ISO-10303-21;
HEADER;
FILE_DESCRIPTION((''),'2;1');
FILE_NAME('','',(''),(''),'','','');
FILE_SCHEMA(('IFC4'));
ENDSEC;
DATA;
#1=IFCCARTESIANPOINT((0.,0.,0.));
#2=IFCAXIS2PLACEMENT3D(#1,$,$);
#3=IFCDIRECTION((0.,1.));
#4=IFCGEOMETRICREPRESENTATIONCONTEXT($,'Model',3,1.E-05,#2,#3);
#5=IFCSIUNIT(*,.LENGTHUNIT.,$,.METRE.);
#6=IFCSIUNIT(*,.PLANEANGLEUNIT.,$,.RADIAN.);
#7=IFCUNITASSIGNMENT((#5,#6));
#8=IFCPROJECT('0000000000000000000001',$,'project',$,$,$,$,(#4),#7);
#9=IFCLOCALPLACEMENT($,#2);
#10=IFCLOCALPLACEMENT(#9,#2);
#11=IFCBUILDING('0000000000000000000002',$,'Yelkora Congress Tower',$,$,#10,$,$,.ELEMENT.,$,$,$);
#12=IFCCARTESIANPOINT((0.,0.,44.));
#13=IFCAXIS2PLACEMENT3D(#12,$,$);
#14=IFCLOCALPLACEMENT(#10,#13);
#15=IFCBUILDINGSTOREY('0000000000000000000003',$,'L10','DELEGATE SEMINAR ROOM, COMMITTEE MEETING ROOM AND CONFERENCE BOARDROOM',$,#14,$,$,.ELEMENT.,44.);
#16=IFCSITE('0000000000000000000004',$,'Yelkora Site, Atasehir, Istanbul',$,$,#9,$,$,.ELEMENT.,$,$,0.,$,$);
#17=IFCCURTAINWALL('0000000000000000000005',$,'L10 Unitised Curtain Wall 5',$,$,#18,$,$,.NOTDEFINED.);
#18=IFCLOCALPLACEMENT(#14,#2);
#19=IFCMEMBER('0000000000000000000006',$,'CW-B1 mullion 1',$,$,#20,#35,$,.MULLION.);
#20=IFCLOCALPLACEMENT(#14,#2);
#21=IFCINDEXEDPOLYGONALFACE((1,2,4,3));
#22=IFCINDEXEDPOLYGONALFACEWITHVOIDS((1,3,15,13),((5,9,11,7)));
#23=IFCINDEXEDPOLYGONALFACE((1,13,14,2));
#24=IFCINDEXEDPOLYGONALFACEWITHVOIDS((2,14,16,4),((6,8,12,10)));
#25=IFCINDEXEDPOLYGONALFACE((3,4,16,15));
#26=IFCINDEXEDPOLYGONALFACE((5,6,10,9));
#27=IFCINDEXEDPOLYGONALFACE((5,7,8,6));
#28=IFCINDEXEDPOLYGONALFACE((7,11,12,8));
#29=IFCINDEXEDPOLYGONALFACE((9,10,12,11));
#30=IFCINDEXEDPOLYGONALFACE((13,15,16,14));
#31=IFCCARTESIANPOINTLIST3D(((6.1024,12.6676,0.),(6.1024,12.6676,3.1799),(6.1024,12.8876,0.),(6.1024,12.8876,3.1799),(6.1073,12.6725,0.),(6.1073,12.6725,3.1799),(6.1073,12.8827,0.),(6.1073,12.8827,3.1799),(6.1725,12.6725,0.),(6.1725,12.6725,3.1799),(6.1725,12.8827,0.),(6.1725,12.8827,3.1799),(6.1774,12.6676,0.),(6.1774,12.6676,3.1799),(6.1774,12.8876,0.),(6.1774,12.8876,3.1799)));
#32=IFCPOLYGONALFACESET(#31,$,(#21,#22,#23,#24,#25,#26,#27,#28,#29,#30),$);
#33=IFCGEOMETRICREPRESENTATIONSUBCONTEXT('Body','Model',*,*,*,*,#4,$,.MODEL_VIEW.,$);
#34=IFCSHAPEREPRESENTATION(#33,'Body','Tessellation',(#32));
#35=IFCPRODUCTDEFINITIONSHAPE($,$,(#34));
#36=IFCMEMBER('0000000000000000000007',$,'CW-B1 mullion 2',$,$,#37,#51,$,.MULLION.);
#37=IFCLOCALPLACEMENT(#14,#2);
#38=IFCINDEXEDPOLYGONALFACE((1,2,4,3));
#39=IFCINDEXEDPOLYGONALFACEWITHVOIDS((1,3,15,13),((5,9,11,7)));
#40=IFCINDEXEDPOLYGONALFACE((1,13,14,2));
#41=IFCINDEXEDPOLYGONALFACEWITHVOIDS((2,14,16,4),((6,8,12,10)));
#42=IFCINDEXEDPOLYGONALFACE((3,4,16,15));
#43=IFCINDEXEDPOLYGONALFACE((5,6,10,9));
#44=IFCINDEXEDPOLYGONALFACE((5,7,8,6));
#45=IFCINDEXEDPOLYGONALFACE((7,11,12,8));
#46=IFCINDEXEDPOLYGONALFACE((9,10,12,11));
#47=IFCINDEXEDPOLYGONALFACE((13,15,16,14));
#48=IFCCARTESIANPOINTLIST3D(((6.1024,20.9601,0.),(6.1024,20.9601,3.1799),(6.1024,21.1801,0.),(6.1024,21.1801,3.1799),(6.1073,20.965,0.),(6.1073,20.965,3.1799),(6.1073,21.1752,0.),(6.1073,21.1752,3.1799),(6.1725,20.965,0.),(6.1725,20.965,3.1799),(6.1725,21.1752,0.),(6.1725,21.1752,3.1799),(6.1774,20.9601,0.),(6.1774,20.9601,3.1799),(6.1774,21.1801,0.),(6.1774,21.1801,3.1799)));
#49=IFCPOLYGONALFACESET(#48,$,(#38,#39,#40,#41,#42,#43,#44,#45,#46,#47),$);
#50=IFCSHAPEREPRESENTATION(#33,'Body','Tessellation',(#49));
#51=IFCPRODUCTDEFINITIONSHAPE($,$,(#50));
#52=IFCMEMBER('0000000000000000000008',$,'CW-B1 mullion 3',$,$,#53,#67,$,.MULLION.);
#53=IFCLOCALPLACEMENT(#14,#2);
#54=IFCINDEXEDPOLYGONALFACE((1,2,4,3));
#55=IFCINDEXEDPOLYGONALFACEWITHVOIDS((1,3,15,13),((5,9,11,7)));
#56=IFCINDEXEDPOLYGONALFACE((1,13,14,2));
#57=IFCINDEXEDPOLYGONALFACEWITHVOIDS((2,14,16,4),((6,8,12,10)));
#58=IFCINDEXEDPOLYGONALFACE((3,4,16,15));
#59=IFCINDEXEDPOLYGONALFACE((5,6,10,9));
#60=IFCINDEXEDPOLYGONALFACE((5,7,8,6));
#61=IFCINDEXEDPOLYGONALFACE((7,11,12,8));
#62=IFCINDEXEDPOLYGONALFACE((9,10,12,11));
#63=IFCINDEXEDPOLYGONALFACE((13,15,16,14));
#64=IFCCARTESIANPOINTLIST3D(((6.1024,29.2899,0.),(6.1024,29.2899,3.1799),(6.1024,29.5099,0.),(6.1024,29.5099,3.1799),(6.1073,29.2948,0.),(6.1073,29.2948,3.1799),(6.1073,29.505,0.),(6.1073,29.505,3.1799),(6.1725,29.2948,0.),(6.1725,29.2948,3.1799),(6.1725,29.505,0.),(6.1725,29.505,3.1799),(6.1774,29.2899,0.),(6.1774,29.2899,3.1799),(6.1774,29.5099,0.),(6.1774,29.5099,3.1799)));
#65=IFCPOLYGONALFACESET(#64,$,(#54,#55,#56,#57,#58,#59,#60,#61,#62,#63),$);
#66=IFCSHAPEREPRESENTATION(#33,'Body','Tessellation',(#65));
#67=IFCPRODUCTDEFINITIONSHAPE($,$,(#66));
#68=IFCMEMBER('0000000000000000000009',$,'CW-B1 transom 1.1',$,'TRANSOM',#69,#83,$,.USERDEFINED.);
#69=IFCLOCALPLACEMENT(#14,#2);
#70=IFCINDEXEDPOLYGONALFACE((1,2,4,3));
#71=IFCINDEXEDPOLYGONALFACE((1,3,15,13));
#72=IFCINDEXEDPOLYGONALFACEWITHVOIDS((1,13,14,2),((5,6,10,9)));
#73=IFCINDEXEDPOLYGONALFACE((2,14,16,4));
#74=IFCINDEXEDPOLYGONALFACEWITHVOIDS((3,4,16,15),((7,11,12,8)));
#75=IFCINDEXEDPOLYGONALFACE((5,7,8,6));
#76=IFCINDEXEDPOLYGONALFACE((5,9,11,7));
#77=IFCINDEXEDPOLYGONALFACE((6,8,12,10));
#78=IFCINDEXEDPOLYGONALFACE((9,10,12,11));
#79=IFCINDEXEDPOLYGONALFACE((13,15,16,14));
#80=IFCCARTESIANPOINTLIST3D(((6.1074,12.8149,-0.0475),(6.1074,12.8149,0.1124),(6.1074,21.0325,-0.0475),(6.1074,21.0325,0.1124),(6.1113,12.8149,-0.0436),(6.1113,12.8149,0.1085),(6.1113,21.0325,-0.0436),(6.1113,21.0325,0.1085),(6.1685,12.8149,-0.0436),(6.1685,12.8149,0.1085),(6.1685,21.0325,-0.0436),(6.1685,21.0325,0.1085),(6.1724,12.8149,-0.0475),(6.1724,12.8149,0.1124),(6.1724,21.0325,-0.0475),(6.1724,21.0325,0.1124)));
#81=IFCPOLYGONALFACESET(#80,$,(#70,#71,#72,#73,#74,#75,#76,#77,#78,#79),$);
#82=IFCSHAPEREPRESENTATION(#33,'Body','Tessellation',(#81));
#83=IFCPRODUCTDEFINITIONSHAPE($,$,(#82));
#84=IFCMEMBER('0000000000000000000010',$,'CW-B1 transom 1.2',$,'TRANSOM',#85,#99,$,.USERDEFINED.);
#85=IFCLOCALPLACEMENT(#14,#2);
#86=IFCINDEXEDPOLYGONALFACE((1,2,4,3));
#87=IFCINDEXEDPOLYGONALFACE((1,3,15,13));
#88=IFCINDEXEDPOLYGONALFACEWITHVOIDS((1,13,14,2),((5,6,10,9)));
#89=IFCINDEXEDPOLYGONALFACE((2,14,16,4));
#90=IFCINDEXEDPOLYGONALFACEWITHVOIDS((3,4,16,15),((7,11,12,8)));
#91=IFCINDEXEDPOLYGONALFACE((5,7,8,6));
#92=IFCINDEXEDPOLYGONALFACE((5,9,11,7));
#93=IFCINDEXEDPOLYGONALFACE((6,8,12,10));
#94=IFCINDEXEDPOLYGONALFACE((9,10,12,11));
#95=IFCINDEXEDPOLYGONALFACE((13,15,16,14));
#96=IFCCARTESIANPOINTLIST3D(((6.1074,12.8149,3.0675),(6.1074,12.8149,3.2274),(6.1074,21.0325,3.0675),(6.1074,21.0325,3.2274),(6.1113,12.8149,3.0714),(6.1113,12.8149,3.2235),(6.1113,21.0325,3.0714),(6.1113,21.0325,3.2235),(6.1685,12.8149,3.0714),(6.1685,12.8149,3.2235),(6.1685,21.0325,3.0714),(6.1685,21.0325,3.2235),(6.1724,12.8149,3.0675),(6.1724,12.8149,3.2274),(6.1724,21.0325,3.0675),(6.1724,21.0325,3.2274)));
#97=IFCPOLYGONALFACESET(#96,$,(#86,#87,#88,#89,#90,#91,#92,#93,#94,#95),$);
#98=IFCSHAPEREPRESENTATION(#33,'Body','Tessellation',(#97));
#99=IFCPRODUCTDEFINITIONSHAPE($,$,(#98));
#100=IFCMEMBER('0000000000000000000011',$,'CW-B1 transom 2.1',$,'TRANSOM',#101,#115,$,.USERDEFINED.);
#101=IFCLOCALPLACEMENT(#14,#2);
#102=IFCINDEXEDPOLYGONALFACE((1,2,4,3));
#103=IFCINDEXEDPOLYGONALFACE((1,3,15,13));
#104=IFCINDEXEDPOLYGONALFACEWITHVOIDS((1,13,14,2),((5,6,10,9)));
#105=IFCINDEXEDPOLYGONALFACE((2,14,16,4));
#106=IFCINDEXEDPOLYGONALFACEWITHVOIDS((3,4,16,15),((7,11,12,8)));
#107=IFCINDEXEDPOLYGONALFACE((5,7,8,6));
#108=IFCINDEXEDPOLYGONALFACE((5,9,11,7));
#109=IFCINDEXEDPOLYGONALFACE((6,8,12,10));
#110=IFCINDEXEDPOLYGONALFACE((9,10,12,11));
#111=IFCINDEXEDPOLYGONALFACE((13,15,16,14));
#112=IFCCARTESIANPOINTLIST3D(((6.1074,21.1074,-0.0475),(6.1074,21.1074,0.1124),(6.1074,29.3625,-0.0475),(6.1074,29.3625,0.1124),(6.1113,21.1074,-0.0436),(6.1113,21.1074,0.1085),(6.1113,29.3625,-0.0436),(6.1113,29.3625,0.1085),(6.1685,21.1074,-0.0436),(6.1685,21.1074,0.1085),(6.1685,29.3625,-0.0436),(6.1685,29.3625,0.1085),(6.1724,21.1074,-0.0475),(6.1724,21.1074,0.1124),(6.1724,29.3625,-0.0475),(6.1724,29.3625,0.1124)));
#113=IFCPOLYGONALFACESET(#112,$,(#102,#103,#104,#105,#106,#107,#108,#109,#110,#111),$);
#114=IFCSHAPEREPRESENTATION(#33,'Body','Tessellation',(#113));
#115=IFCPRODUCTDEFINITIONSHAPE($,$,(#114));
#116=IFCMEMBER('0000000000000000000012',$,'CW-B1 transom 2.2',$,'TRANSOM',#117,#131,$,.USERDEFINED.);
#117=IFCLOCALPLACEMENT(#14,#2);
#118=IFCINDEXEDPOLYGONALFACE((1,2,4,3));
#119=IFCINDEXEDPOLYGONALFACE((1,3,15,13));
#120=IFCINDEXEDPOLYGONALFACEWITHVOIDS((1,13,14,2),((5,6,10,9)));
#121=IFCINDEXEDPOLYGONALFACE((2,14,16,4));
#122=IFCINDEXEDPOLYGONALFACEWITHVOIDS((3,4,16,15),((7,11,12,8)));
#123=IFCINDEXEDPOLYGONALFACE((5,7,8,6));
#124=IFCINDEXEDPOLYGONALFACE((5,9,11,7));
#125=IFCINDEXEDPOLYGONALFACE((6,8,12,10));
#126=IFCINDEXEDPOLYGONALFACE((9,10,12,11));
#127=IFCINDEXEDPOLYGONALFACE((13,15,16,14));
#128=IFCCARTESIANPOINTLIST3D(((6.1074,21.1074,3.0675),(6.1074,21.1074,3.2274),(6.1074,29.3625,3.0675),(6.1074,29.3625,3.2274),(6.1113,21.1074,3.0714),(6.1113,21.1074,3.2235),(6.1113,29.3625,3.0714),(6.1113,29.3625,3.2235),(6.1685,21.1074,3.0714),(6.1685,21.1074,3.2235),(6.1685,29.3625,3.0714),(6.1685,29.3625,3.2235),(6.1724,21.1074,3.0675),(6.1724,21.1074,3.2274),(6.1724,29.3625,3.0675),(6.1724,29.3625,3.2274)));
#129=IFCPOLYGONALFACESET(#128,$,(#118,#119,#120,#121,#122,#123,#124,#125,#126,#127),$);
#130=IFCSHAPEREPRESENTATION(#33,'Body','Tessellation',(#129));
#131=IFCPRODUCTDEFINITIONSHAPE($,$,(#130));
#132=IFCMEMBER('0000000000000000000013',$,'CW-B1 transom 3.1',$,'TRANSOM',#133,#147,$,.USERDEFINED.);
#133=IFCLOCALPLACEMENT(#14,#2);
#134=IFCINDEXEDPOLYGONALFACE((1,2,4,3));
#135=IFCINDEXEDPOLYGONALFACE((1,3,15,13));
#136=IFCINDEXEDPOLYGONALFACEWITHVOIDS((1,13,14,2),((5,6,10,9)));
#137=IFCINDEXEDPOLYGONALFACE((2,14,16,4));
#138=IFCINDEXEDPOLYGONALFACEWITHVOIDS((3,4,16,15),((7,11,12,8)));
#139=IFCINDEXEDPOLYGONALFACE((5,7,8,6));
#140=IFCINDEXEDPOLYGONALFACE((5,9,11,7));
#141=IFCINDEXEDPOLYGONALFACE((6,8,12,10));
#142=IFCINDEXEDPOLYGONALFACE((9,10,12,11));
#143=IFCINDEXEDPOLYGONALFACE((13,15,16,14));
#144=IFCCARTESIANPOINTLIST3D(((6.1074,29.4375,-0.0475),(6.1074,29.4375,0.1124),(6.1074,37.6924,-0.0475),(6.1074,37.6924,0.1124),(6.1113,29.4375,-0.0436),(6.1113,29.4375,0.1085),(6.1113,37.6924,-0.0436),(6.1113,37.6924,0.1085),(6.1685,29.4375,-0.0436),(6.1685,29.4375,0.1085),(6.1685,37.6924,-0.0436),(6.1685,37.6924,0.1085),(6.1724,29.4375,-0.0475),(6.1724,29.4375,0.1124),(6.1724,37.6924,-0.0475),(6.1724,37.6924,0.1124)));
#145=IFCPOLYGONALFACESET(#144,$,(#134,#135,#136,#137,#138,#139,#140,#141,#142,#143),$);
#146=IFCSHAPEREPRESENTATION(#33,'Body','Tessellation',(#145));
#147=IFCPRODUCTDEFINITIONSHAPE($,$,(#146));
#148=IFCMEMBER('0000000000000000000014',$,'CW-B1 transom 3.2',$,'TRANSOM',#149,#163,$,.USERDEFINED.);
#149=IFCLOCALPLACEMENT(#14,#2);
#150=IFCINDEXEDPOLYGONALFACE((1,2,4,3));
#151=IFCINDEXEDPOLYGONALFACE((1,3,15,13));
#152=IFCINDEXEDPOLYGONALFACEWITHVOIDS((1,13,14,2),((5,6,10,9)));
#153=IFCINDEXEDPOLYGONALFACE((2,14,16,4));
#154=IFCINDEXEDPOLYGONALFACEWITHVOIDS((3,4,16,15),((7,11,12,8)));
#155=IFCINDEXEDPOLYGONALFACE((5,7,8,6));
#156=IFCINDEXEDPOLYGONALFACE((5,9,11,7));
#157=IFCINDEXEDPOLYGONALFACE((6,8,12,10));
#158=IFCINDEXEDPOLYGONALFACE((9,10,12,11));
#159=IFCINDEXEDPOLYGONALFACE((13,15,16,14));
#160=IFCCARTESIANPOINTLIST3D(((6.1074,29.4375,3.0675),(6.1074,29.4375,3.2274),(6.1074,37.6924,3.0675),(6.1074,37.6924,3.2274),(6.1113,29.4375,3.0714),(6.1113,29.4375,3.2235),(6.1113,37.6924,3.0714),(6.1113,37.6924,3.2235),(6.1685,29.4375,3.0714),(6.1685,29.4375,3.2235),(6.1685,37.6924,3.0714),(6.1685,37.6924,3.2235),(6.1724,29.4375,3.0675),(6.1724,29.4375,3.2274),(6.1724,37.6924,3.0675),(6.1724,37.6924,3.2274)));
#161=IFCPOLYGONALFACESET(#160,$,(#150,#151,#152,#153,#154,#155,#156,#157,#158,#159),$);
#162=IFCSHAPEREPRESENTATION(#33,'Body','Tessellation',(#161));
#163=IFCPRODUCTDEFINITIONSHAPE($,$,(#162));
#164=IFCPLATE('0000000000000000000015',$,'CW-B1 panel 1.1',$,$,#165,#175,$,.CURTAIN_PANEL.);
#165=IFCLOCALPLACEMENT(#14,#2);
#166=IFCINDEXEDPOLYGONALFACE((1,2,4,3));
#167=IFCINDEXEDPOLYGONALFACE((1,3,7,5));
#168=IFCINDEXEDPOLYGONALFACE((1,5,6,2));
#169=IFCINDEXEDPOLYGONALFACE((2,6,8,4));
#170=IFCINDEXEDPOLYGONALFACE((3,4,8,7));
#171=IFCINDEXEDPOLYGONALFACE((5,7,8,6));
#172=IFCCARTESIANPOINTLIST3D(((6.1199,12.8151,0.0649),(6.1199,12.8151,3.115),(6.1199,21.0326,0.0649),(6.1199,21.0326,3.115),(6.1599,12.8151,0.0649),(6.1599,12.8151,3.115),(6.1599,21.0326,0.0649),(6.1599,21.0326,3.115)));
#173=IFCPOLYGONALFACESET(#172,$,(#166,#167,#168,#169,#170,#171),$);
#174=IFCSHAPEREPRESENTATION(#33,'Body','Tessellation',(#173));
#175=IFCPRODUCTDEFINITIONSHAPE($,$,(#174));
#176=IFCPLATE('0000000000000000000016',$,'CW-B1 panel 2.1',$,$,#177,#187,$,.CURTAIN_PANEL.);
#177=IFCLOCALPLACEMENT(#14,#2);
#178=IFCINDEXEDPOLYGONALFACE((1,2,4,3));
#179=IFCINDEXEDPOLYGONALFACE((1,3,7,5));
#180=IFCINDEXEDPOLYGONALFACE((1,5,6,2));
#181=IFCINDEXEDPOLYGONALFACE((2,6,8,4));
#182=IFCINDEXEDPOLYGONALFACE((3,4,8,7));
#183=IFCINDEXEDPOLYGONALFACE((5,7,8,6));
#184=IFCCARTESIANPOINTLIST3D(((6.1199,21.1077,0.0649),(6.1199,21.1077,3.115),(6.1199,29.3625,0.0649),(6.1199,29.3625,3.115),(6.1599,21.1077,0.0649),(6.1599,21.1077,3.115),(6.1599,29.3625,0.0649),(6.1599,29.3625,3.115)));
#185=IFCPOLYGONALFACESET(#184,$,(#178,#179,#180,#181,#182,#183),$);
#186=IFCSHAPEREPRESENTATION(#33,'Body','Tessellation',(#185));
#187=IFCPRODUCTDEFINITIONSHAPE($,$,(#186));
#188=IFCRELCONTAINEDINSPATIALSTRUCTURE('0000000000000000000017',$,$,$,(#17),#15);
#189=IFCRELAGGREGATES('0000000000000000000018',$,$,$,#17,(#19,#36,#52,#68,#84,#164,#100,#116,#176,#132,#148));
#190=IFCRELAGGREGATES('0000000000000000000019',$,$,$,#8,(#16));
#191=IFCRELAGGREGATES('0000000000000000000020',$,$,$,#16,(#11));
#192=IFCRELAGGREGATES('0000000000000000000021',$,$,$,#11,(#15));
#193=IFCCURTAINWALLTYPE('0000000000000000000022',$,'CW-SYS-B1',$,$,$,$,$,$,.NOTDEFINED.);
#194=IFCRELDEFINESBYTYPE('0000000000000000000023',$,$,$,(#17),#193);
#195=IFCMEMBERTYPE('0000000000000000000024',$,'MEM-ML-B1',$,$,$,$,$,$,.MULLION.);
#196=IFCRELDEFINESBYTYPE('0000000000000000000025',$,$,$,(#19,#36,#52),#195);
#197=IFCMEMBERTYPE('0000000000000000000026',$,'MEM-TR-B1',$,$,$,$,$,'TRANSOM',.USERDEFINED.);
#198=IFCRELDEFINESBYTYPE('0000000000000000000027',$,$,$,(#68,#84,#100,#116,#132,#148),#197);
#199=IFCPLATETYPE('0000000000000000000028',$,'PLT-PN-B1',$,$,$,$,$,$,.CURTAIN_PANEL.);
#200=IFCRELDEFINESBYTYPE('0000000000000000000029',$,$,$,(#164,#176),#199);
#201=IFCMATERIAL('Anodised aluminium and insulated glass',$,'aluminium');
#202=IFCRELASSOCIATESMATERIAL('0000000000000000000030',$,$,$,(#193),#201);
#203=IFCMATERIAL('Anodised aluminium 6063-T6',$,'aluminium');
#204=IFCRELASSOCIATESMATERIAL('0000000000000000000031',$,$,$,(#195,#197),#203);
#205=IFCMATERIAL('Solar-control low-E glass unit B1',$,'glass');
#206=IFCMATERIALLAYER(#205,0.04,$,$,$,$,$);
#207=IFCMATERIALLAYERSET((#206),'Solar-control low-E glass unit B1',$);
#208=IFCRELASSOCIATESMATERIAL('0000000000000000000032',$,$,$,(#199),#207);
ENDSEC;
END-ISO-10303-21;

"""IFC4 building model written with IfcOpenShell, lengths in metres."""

from ifc_helpers import new_model, si_unit, direction, frame, origin, origin_2d, place, context, subcontext, project, spatial, rectangle, hollow_rectangle, extrude, material, layer, layer_set, material_profile, profile_set, type_object, element, aggregate, save


model = new_model("IFC4")

# Units and contexts
model_context = context("Model", 3, precision=1e-05, world=origin(), true_north=direction((0.0, 1.0)))
body_context = subcontext(model_context, "Body", "Model", "MODEL_VIEW")
ifc_project = project(units=[si_unit("LENGTHUNIT", "METRE"), si_unit("PLANEANGLEUNIT", "RADIAN")], contexts=[model_context])

# Site, building, storey
site_placement = place(None, origin())
site = spatial("IfcSite", under=ifc_project, at=site_placement, Name="Yelkora Site, Atasehir, Istanbul", CompositionType="ELEMENT", RefElevation=0.0)
building_placement = place(site_placement, origin())
building = spatial("IfcBuilding", under=site, at=building_placement, Name="Yelkora Congress Tower", CompositionType="ELEMENT")
storey_placement = place(building_placement, frame((0.0, 0.0, 44.0)))
storey = spatial("IfcBuildingStorey", under=building, at=storey_placement, Name="L10", Description="DELEGATE SEMINAR ROOM, COMMITTEE MEETING ROOM AND CONFERENCE BOARDROOM", CompositionType="ELEMENT", Elevation=44.0)

# Curtain wall, members, plates
ifc_material_1 = material(Name="Anodised aluminium and insulated glass", Category="aluminium")
curtain_wall_type = type_object("IfcCurtainWallType", Name="CW-SYS-B1", PredefinedType="NOTDEFINED", material=ifc_material_1)
curtain_wall_placement = place(storey_placement, origin())
curtain_wall = element("IfcCurtainWall", 1, at=curtain_wall_placement, inside=storey, type_object=curtain_wall_type, Name="L10 Unitised Curtain Wall 5", PredefinedType="NOTDEFINED")
ifc_material_2 = material(Name="Anodised aluminium 6063-T6", Category="aluminium")
ifc_material_profile_1 = material_profile(ifc_material_2, hollow_rectangle(XDim=0.075, YDim=0.22, WallThickness=0.0049, at=origin_2d()), Name="ALU 75x220x5")
ifc_profile_set_1 = profile_set([ifc_material_profile_1], Name="Anodised aluminium 6063-T6")
member_type_1 = type_object("IfcMemberType", Name="MEM-ML-B1", PredefinedType="MULLION", material=ifc_profile_set_1)
member_1_placement = place(storey_placement, frame((6.1399, 12.7776, 0.0), z_axis=(0.0, 0.0, 1.0), x_axis=(-1.0, 0.0, 0.0)))
member_1 = element("IfcMember", 2, at=member_1_placement, type_object=member_type_1, Name="CW-B1 mullion 1", PredefinedType="MULLION", context=body_context, shape_type="SweptSolid", body=[
    extrude(hollow_rectangle(XDim=0.075, YDim=0.22, WallThickness=0.0049, at=origin_2d()), origin(), (0.0, 0.0, 1.0), 3.1799),
])
member_2_placement = place(storey_placement, frame((6.1399, 21.0701, 0.0), z_axis=(0.0, 0.0, 1.0), x_axis=(-1.0, 0.0, 0.0)))
member_2 = element("IfcMember", 3, at=member_2_placement, type_object=member_type_1, Name="CW-B1 mullion 2", PredefinedType="MULLION", context=body_context, shape_type="SweptSolid", body=[
    extrude(hollow_rectangle(XDim=0.075, YDim=0.22, WallThickness=0.0049, at=origin_2d()), origin(), (0.0, 0.0, 1.0), 3.1799),
])
member_3_placement = place(storey_placement, frame((6.1399, 29.3999, 0.0), z_axis=(0.0, 0.0, 1.0), x_axis=(-1.0, 0.0, 0.0)))
member_3 = element("IfcMember", 4, at=member_3_placement, type_object=member_type_1, Name="CW-B1 mullion 3", PredefinedType="MULLION", context=body_context, shape_type="SweptSolid", body=[
    extrude(hollow_rectangle(XDim=0.075, YDim=0.22, WallThickness=0.0049, at=origin_2d()), origin(), (0.0, 0.0, 1.0), 3.1799),
])
ifc_material_profile_2 = material_profile(ifc_material_2, hollow_rectangle(XDim=0.0649, YDim=0.1599, WallThickness=0.0039, at=origin_2d()), Name="ALU 65x160x4")
ifc_profile_set_2 = profile_set([ifc_material_profile_2], Name="Anodised aluminium 6063-T6")
member_type_2 = type_object("IfcMemberType", Name="MEM-TR-B1", ElementType="TRANSOM", PredefinedType="USERDEFINED", material=ifc_profile_set_2)
member_4_placement = place(storey_placement, frame((6.1399, 12.8149, 0.0325), z_axis=(0.0, 1.0, 0.0), x_axis=(-1.0, 0.0, 0.0)))
member_4 = element("IfcMember", 5, at=member_4_placement, type_object=member_type_2, Name="CW-B1 transom 1.1", ObjectType="TRANSOM", PredefinedType="USERDEFINED", context=body_context, shape_type="SweptSolid", body=[
    extrude(hollow_rectangle(XDim=0.0649, YDim=0.1599, WallThickness=0.0039, at=origin_2d()), origin(), (0.0, 0.0, 1.0), 8.2175),
])
member_5_placement = place(storey_placement, frame((6.1399, 12.8149, 3.1475), z_axis=(0.0, 1.0, 0.0), x_axis=(-1.0, 0.0, 0.0)))
member_5 = element("IfcMember", 6, at=member_5_placement, type_object=member_type_2, Name="CW-B1 transom 1.2", ObjectType="TRANSOM", PredefinedType="USERDEFINED", context=body_context, shape_type="SweptSolid", body=[
    extrude(hollow_rectangle(XDim=0.0649, YDim=0.1599, WallThickness=0.0039, at=origin_2d()), origin(), (0.0, 0.0, 1.0), 8.2175),
])
member_6_placement = place(storey_placement, frame((6.1399, 21.1074, 0.0325), z_axis=(0.0, 1.0, 0.0), x_axis=(-1.0, 0.0, 0.0)))
member_6 = element("IfcMember", 7, at=member_6_placement, type_object=member_type_2, Name="CW-B1 transom 2.1", ObjectType="TRANSOM", PredefinedType="USERDEFINED", context=body_context, shape_type="SweptSolid", body=[
    extrude(hollow_rectangle(XDim=0.0649, YDim=0.1599, WallThickness=0.0039, at=origin_2d()), origin(), (0.0, 0.0, 1.0), 8.2551),
])
member_7_placement = place(storey_placement, frame((6.1399, 21.1074, 3.1475), z_axis=(0.0, 1.0, 0.0), x_axis=(-1.0, 0.0, 0.0)))
member_7 = element("IfcMember", 8, at=member_7_placement, type_object=member_type_2, Name="CW-B1 transom 2.2", ObjectType="TRANSOM", PredefinedType="USERDEFINED", context=body_context, shape_type="SweptSolid", body=[
    extrude(hollow_rectangle(XDim=0.0649, YDim=0.1599, WallThickness=0.0039, at=origin_2d()), origin(), (0.0, 0.0, 1.0), 8.2551),
])
member_8_placement = place(storey_placement, frame((6.1399, 29.4375, 0.0325), z_axis=(0.0, 1.0, 0.0), x_axis=(-1.0, 0.0, 0.0)))
member_8 = element("IfcMember", 9, at=member_8_placement, type_object=member_type_2, Name="CW-B1 transom 3.1", ObjectType="TRANSOM", PredefinedType="USERDEFINED", context=body_context, shape_type="SweptSolid", body=[
    extrude(hollow_rectangle(XDim=0.0649, YDim=0.1599, WallThickness=0.0039, at=origin_2d()), origin(), (0.0, 0.0, 1.0), 8.2549),
])
member_9_placement = place(storey_placement, frame((6.1399, 29.4375, 3.1475), z_axis=(0.0, 1.0, 0.0), x_axis=(-1.0, 0.0, 0.0)))
member_9 = element("IfcMember", 10, at=member_9_placement, type_object=member_type_2, Name="CW-B1 transom 3.2", ObjectType="TRANSOM", PredefinedType="USERDEFINED", context=body_context, shape_type="SweptSolid", body=[
    extrude(hollow_rectangle(XDim=0.0649, YDim=0.1599, WallThickness=0.0039, at=origin_2d()), origin(), (0.0, 0.0, 1.0), 8.2549),
])
ifc_material_3 = material(Name="Solar-control low-E glass unit B1", Category="glass")
ifc_layer_1 = layer(ifc_material_3, 0.04)
ifc_layer_set_1 = layer_set([ifc_layer_1], Name="Solar-control low-E glass unit B1")
plate_type = type_object("IfcPlateType", Name="PLT-PN-B1", PredefinedType="CURTAIN_PANEL", material=ifc_layer_set_1)
plate_1_placement = place(storey_placement, frame((6.1399, 16.9238, 0.0649), z_axis=(0.0, 0.0, 1.0), x_axis=(0.0, 1.0, 0.0)))
plate_1 = element("IfcPlate", 11, at=plate_1_placement, type_object=plate_type, Name="CW-B1 panel 1.1", PredefinedType="CURTAIN_PANEL", context=body_context, shape_type="SweptSolid", body=[
    extrude(rectangle(XDim=8.2175, YDim=0.04, at=origin_2d()), origin(), (0.0, 0.0, 1.0), 3.05),
])
plate_2_placement = place(storey_placement, frame((6.1399, 25.2351, 0.0649), z_axis=(0.0, 0.0, 1.0), x_axis=(0.0, 1.0, 0.0)))
plate_2 = element("IfcPlate", 12, at=plate_2_placement, type_object=plate_type, Name="CW-B1 panel 2.1", PredefinedType="CURTAIN_PANEL", context=body_context, shape_type="SweptSolid", body=[
    extrude(rectangle(XDim=8.2549, YDim=0.04, at=origin_2d()), origin(), (0.0, 0.0, 1.0), 3.05),
])
aggregate(curtain_wall, [member_1, member_2, member_3, member_4, member_5, plate_1, member_6, member_7, plate_2, member_8, member_9])

save(model, "model.ifc")
